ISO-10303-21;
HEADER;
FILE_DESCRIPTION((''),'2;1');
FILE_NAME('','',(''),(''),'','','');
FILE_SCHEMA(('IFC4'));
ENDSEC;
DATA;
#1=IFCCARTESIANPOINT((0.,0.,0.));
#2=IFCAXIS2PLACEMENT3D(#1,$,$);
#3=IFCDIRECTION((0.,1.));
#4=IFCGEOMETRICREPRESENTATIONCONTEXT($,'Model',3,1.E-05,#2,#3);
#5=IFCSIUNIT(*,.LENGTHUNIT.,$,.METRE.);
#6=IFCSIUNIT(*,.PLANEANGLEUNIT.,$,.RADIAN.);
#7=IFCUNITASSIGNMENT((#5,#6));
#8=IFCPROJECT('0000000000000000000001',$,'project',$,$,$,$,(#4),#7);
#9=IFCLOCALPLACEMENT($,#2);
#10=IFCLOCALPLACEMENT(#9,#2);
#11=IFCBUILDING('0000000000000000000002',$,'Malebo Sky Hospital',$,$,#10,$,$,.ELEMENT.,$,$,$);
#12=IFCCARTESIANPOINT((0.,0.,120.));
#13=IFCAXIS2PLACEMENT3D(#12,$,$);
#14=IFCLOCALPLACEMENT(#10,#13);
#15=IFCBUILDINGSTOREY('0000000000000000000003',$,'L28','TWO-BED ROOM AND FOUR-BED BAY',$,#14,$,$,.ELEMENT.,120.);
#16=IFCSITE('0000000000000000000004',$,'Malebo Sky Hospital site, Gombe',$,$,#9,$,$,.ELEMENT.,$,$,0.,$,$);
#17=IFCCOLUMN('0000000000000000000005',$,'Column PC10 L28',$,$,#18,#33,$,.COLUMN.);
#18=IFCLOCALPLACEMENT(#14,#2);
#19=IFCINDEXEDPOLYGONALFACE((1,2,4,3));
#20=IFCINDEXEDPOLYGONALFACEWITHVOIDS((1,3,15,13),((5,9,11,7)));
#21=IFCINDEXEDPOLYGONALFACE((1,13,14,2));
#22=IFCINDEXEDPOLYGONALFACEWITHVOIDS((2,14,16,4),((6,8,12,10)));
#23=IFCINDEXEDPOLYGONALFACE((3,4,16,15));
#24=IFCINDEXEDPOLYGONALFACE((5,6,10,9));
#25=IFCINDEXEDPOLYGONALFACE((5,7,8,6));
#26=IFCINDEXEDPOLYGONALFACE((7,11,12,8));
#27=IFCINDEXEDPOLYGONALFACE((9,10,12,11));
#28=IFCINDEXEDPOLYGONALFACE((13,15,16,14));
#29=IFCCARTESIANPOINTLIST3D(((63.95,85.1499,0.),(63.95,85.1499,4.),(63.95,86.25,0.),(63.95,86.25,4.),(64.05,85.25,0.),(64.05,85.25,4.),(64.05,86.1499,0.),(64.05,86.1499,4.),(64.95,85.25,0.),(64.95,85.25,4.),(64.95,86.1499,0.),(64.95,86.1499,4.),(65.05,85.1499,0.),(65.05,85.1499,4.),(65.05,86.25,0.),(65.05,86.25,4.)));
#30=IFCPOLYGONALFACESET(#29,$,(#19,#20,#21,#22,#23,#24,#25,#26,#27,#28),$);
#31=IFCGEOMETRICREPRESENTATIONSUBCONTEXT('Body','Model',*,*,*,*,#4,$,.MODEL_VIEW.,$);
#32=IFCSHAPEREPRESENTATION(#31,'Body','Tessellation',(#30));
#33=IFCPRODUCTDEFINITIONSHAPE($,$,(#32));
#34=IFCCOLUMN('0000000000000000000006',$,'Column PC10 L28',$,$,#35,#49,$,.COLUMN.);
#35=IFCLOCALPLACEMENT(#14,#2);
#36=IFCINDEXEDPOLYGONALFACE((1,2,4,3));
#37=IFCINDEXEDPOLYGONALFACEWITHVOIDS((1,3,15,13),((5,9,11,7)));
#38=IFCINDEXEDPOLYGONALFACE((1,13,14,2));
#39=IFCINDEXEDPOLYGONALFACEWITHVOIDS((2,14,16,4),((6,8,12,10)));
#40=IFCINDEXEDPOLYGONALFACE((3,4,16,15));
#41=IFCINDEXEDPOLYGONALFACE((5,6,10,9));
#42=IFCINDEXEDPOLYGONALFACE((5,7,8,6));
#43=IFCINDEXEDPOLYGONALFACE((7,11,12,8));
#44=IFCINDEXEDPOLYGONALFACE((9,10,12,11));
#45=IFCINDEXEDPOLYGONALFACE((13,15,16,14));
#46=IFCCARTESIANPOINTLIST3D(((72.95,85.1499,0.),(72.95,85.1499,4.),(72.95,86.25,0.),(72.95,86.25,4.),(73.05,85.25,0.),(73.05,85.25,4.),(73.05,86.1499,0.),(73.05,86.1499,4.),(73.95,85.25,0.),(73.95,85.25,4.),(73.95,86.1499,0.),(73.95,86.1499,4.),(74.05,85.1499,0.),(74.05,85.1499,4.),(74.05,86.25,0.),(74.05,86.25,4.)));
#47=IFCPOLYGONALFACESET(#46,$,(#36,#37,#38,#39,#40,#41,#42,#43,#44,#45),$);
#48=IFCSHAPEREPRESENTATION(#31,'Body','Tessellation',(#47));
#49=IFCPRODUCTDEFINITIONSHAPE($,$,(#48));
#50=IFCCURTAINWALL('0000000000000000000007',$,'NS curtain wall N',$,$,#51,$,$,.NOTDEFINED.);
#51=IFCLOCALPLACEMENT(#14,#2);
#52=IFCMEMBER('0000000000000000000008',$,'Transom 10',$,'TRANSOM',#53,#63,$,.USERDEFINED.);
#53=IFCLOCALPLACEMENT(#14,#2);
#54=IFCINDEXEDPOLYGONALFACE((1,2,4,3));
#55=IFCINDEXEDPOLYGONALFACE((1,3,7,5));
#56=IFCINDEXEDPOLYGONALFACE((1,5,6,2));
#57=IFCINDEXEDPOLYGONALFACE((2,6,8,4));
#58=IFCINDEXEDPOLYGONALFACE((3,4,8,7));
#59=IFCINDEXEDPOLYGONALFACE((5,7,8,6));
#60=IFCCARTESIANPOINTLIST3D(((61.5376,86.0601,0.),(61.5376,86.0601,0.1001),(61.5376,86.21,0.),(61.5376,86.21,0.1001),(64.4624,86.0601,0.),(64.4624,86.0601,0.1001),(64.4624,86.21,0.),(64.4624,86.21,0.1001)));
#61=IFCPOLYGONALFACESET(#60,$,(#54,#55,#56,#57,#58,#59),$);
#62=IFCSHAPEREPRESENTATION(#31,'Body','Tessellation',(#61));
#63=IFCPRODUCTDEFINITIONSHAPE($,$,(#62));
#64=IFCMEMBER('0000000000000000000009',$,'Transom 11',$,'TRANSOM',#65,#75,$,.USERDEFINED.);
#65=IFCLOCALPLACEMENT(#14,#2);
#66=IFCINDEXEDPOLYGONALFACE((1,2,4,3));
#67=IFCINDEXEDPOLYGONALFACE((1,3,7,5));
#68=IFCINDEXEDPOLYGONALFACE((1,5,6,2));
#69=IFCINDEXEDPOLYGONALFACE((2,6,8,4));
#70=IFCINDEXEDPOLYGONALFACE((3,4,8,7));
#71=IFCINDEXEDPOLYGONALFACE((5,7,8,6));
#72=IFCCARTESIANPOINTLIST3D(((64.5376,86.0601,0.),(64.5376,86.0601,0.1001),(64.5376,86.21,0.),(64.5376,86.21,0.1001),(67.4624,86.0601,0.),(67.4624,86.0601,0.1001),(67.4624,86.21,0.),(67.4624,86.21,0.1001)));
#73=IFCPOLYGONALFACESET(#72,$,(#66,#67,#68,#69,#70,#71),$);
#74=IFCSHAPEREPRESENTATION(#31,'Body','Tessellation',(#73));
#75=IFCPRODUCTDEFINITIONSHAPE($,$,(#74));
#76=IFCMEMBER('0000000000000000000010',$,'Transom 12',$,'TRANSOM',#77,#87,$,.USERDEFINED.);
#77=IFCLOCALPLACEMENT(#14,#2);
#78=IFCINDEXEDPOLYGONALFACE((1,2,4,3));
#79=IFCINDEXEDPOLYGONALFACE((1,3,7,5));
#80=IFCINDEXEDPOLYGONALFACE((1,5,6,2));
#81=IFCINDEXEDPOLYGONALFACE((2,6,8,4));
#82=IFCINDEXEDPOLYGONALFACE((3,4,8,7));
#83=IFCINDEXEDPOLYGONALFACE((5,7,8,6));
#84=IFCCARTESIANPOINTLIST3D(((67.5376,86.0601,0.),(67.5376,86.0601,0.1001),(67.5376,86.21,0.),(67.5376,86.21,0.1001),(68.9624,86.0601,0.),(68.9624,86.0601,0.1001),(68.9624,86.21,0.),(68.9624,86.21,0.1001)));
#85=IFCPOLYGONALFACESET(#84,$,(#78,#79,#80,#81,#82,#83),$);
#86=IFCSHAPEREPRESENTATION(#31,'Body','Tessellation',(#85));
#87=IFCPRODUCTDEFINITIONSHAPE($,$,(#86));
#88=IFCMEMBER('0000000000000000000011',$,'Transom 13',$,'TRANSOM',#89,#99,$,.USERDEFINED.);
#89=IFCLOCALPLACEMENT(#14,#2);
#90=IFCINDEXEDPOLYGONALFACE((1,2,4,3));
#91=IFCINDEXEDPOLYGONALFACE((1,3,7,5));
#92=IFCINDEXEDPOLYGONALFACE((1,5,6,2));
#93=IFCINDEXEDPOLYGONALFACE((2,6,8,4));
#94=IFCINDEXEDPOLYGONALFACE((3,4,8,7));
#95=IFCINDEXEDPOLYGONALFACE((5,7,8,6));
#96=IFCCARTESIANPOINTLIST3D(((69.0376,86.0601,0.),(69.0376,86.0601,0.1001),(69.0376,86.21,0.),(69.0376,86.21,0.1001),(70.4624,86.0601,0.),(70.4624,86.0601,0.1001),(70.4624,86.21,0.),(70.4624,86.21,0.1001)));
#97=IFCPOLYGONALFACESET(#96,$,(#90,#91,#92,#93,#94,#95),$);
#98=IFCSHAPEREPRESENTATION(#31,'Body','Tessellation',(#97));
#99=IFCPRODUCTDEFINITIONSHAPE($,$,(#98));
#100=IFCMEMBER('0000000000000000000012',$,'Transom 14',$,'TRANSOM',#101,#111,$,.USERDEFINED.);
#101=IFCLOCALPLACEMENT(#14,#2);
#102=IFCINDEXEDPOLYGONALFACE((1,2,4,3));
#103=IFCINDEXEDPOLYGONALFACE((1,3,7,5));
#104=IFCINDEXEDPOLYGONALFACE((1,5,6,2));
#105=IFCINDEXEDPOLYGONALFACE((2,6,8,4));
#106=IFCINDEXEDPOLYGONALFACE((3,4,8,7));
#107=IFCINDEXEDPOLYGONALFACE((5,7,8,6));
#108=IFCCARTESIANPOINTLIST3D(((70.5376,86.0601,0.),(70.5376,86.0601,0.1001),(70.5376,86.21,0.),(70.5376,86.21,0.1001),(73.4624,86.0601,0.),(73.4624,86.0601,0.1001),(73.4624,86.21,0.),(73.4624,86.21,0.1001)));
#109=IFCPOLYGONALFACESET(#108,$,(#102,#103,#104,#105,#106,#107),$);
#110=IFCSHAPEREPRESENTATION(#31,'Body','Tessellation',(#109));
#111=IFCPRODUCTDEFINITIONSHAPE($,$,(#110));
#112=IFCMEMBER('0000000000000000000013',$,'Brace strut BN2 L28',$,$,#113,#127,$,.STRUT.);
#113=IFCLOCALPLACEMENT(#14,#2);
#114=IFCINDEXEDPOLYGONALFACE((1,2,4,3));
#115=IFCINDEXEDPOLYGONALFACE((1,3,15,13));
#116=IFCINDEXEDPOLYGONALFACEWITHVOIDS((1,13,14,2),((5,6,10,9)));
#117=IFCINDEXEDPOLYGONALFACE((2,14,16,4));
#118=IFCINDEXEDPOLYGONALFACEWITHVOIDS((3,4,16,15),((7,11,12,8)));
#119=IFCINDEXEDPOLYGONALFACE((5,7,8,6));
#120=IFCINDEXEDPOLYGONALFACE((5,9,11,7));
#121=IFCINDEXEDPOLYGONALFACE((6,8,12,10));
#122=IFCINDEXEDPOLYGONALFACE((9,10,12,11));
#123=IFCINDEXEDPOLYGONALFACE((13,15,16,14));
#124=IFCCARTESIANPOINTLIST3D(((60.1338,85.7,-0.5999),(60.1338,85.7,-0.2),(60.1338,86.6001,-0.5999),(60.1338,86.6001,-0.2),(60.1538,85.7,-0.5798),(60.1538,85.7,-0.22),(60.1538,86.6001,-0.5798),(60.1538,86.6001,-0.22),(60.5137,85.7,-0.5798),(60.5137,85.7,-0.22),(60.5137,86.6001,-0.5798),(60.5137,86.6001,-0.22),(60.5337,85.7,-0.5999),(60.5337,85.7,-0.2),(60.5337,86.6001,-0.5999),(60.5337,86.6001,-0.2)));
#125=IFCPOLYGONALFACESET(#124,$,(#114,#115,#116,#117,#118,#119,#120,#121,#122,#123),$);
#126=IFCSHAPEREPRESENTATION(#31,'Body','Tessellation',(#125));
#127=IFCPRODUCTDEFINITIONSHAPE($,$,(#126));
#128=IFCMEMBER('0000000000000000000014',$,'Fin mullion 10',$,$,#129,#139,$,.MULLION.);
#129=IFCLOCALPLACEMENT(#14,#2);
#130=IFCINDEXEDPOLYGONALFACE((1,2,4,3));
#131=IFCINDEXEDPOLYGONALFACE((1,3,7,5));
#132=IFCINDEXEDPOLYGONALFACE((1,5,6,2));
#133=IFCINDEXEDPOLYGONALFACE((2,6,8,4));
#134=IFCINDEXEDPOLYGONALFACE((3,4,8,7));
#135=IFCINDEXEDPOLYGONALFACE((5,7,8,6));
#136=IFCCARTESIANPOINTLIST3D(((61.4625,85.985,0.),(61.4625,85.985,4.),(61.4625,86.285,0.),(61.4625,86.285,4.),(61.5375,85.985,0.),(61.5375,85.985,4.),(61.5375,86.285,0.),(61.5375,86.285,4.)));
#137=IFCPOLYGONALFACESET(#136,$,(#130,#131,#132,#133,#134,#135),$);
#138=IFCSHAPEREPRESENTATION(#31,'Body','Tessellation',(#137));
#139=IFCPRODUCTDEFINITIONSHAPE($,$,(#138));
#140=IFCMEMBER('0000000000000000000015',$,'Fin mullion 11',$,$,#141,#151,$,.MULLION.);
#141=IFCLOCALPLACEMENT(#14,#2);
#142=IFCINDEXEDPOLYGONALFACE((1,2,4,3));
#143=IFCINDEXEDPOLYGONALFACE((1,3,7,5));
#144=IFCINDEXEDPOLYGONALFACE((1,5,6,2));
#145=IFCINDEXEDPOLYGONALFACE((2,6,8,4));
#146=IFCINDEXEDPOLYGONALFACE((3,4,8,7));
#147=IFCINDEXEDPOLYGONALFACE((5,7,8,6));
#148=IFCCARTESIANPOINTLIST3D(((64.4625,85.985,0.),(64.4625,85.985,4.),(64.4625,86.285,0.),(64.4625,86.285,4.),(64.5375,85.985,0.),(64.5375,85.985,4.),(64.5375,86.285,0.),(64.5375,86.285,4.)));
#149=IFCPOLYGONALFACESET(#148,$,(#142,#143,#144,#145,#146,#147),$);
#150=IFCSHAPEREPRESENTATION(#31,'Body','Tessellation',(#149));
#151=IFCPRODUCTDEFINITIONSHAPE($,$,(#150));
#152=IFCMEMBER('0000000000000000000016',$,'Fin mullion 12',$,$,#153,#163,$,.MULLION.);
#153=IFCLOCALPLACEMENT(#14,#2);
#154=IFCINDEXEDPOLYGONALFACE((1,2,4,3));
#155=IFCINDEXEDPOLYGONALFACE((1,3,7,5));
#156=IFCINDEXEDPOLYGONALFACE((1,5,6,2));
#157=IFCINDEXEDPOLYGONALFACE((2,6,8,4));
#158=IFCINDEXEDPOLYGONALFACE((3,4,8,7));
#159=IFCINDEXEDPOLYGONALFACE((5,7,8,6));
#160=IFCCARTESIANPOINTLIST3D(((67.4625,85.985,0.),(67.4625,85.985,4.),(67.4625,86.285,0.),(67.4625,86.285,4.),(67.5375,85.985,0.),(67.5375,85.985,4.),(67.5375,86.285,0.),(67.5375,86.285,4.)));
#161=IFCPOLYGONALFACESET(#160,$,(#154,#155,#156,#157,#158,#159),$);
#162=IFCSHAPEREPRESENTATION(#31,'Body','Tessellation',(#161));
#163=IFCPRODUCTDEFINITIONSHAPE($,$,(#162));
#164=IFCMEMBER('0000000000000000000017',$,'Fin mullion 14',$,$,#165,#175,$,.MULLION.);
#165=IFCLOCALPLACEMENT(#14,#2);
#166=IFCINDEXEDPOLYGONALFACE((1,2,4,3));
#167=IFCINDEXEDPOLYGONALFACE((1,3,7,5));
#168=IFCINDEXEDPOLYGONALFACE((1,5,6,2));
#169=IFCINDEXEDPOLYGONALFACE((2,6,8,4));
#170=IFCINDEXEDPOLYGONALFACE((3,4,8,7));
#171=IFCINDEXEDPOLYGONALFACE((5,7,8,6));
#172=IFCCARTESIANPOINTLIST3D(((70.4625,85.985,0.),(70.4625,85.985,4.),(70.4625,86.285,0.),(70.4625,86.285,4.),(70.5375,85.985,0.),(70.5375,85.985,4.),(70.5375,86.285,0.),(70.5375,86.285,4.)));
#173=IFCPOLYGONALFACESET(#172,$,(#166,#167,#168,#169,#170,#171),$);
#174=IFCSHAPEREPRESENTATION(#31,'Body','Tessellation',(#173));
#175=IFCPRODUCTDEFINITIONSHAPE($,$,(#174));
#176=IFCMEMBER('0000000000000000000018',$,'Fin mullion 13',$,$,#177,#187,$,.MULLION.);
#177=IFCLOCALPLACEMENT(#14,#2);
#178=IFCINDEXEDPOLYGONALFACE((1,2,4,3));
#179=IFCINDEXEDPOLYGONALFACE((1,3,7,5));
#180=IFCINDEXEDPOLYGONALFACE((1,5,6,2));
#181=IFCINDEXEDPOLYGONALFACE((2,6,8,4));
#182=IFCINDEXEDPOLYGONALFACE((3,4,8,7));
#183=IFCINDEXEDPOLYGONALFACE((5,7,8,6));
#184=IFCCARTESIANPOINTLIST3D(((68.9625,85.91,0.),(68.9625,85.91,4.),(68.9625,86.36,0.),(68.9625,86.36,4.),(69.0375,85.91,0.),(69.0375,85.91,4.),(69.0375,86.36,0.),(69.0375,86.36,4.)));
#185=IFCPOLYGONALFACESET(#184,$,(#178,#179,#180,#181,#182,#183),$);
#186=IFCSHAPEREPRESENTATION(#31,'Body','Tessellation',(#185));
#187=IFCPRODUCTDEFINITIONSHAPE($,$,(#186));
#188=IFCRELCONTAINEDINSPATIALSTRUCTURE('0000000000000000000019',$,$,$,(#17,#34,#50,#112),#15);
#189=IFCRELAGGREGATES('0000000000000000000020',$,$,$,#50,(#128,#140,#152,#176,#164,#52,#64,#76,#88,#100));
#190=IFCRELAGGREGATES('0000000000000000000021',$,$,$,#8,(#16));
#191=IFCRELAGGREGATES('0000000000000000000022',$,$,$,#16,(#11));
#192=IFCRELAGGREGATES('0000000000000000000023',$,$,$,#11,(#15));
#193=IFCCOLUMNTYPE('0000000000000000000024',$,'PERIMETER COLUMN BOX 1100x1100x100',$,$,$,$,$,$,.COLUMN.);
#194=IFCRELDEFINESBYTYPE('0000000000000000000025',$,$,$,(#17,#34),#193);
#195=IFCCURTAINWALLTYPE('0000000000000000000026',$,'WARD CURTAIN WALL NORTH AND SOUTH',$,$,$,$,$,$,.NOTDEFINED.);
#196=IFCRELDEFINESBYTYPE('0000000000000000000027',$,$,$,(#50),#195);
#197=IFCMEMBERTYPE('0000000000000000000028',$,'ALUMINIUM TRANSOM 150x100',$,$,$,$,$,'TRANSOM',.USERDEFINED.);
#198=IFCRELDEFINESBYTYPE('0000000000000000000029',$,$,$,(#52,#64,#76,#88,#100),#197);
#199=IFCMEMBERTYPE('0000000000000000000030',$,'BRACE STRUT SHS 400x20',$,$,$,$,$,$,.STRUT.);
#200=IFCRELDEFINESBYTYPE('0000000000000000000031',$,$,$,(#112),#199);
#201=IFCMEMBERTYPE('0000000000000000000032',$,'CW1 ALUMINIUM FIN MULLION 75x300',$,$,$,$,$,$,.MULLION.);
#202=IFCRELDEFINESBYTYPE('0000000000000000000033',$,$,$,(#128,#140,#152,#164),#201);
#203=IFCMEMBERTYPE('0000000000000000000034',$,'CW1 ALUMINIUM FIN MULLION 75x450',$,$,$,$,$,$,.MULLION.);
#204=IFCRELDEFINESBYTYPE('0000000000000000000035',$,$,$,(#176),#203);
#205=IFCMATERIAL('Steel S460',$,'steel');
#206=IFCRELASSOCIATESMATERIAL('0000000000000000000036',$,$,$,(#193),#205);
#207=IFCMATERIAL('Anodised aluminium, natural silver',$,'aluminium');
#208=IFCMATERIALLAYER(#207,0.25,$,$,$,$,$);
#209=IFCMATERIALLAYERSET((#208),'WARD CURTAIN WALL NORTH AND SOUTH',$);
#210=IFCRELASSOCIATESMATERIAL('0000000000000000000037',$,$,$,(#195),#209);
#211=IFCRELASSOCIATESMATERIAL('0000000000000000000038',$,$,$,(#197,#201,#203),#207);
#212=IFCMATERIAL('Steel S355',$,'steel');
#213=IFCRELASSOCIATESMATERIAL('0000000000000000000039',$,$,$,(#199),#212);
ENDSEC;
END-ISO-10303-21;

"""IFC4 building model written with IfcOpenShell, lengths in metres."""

from ifc_helpers import new_model, si_unit, direction, frame, origin, origin_2d, place, context, subcontext, project, spatial, rectangle, hollow_rectangle, extrude, material, layer, layer_set, material_profile, profile_set, type_object, element, aggregate, save


model = new_model("IFC4")

# Units and contexts
model_context = context("Model", 3, precision=1e-05, world=origin(), true_north=direction((0.0, 1.0)))
body_context = subcontext(model_context, "Body", "Model", "MODEL_VIEW")
ifc_project = project(units=[si_unit("LENGTHUNIT", "METRE"), si_unit("PLANEANGLEUNIT", "RADIAN")], contexts=[model_context])

# Site, building, storey
site_placement = place(None, origin())
site = spatial("IfcSite", under=ifc_project, at=site_placement, Name="Malebo Sky Hospital site, Gombe", CompositionType="ELEMENT", RefElevation=0.0)
building_placement = place(site_placement, origin())
building = spatial("IfcBuilding", under=site, at=building_placement, Name="Malebo Sky Hospital", CompositionType="ELEMENT")
storey_placement = place(building_placement, frame((0.0, 0.0, 120.0)))
storey = spatial("IfcBuildingStorey", under=building, at=storey_placement, Name="L28", Description="TWO-BED ROOM AND FOUR-BED BAY", CompositionType="ELEMENT", Elevation=120.0)

# Columns
ifc_material_1 = material(Name="Steel S460", Category="steel")
ifc_material_profile_1 = material_profile(ifc_material_1, hollow_rectangle(XDim=1.1001, YDim=1.1001, WallThickness=0.1001, at=origin_2d()), Name="BOX 1100x1100x100")
ifc_profile_set_1 = profile_set([ifc_material_profile_1], Name="Steel S460")
column_type = type_object("IfcColumnType", Name="PERIMETER COLUMN BOX 1100x1100x100", PredefinedType="COLUMN", material=ifc_profile_set_1)
for number, where, z_axis, x_axis, name in (
    (1, (64.5, 85.7, 0.0), (0.0, 0.0, 1.0), (1.0, 0.0, 0.0), "Column PC10 L28"),
    (2, (73.5, 85.7, 0.0), (0.0, 0.0, 1.0), (1.0, 0.0, 0.0), "Column PC10 L28"),
):
    element("IfcColumn", number, at=place(storey_placement, frame(where, z_axis=z_axis, x_axis=x_axis)), inside=storey, type_object=column_type, Name=name, PredefinedType="COLUMN", context=body_context, shape_type="SweptSolid", body=[
        extrude(hollow_rectangle(XDim=1.1001, YDim=1.1001, WallThickness=0.1001, at=origin_2d()), origin(), (0.0, 0.0, 1.0), 4.0),
    ])

# Curtain wall, members
ifc_material_2 = material(Name="Anodised aluminium, natural silver", Category="aluminium")
ifc_layer_1 = layer(ifc_material_2, 0.25)
ifc_layer_set_1 = layer_set([ifc_layer_1], Name="WARD CURTAIN WALL NORTH AND SOUTH")
curtain_wall_type = type_object("IfcCurtainWallType", Name="WARD CURTAIN WALL NORTH AND SOUTH", PredefinedType="NOTDEFINED", material=ifc_layer_set_1)
curtain_wall_placement = place(storey_placement, origin())
curtain_wall = element("IfcCurtainWall", 3, at=curtain_wall_placement, inside=storey, type_object=curtain_wall_type, Name="NS curtain wall N", PredefinedType="NOTDEFINED")
ifc_material_profile_2 = material_profile(ifc_material_2, rectangle(XDim=0.1499, YDim=0.1001, at=origin_2d()), Name="ALUMINIUM TRANSOM 150x100")
ifc_profile_set_2 = profile_set([ifc_material_profile_2], Name="Anodised aluminium, natural silver")
member_type_1 = type_object("IfcMemberType", Name="ALUMINIUM TRANSOM 150x100", ElementType="TRANSOM", PredefinedType="USERDEFINED", material=ifc_profile_set_2)
member_1_placement = place(storey_placement, frame((61.5376, 86.135, 0.05), z_axis=(1.0, 0.0, 0.0), x_axis=(0.0, 1.0, 0.0)))
member_1 = element("IfcMember", 4, at=member_1_placement, type_object=member_type_1, Name="Transom 10", ObjectType="TRANSOM", PredefinedType="USERDEFINED", context=body_context, shape_type="SweptSolid", body=[
    extrude(rectangle(XDim=0.1499, YDim=0.1001, at=origin_2d()), origin(), (0.0, 0.0, 1.0), 2.9248),
])
member_2_placement = place(storey_placement, frame((64.5376, 86.135, 0.05), z_axis=(1.0, 0.0, 0.0), x_axis=(0.0, 1.0, 0.0)))
member_2 = element("IfcMember", 5, at=member_2_placement, type_object=member_type_1, Name="Transom 11", ObjectType="TRANSOM", PredefinedType="USERDEFINED", context=body_context, shape_type="SweptSolid", body=[
    extrude(rectangle(XDim=0.1499, YDim=0.1001, at=origin_2d()), origin(), (0.0, 0.0, 1.0), 2.9248),
])
member_3_placement = place(storey_placement, frame((67.5376, 86.135, 0.05), z_axis=(1.0, 0.0, 0.0), x_axis=(0.0, 1.0, 0.0)))
member_3 = element("IfcMember", 6, at=member_3_placement, type_object=member_type_1, Name="Transom 12", ObjectType="TRANSOM", PredefinedType="USERDEFINED", context=body_context, shape_type="SweptSolid", body=[
    extrude(rectangle(XDim=0.1499, YDim=0.1001, at=origin_2d()), origin(), (0.0, 0.0, 1.0), 1.4248),
])
member_4_placement = place(storey_placement, frame((69.0376, 86.135, 0.05), z_axis=(1.0, 0.0, 0.0), x_axis=(0.0, 1.0, 0.0)))
member_4 = element("IfcMember", 7, at=member_4_placement, type_object=member_type_1, Name="Transom 13", ObjectType="TRANSOM", PredefinedType="USERDEFINED", context=body_context, shape_type="SweptSolid", body=[
    extrude(rectangle(XDim=0.1499, YDim=0.1001, at=origin_2d()), origin(), (0.0, 0.0, 1.0), 1.4248),
])
member_5_placement = place(storey_placement, frame((70.5376, 86.135, 0.05), z_axis=(1.0, 0.0, 0.0), x_axis=(0.0, 1.0, 0.0)))
member_5 = element("IfcMember", 8, at=member_5_placement, type_object=member_type_1, Name="Transom 14", ObjectType="TRANSOM", PredefinedType="USERDEFINED", context=body_context, shape_type="SweptSolid", body=[
    extrude(rectangle(XDim=0.1499, YDim=0.1001, at=origin_2d()), origin(), (0.0, 0.0, 1.0), 2.9248),
])

# Members
ifc_material_3 = material(Name="Steel S355", Category="steel")
ifc_material_profile_3 = material_profile(ifc_material_3, hollow_rectangle(XDim=0.3999, YDim=0.3999, WallThickness=0.02, at=origin_2d()), Name="SHS 400x20")
ifc_profile_set_3 = profile_set([ifc_material_profile_3], Name="Steel S355")
member_type_2 = type_object("IfcMemberType", Name="BRACE STRUT SHS 400x20", PredefinedType="STRUT", material=ifc_profile_set_3)
member_6_placement = place(storey_placement, frame((60.3337, 86.6001, -0.3999), z_axis=(0.0, -1.0, 0.0), x_axis=(1.0, 0.0, 0.0)))
element("IfcMember", 9, at=member_6_placement, inside=storey, type_object=member_type_2, Name="Brace strut BN2 L28", PredefinedType="STRUT", context=body_context, shape_type="SweptSolid", body=[
    extrude(hollow_rectangle(XDim=0.3999, YDim=0.3999, WallThickness=0.02, at=origin_2d()), origin(), (0.0, 0.0, 1.0), 0.9001),
])
ifc_material_profile_4 = material_profile(ifc_material_2, rectangle(XDim=0.075, YDim=0.3, at=origin_2d()), Name="CW1 ALUMINIUM FIN MULLION 75x300")
ifc_profile_set_4 = profile_set([ifc_material_profile_4], Name="Anodised aluminium, natural silver")
member_type_3 = type_object("IfcMemberType", Name="CW1 ALUMINIUM FIN MULLION 75x300", PredefinedType="MULLION", material=ifc_profile_set_4)
member_7_placement = place(storey_placement, frame((61.5, 86.135, 0.0), z_axis=(0.0, 0.0, 1.0), x_axis=(1.0, 0.0, 0.0)))
member_7 = element("IfcMember", 10, at=member_7_placement, type_object=member_type_3, Name="Fin mullion 10", PredefinedType="MULLION", context=body_context, shape_type="SweptSolid", body=[
    extrude(rectangle(XDim=0.075, YDim=0.3, at=origin_2d()), origin(), (0.0, 0.0, 1.0), 4.0),
])
member_8_placement = place(storey_placement, frame((64.5, 86.135, 0.0), z_axis=(0.0, 0.0, 1.0), x_axis=(1.0, 0.0, 0.0)))
member_8 = element("IfcMember", 11, at=member_8_placement, type_object=member_type_3, Name="Fin mullion 11", PredefinedType="MULLION", context=body_context, shape_type="SweptSolid", body=[
    extrude(rectangle(XDim=0.075, YDim=0.3, at=origin_2d()), origin(), (0.0, 0.0, 1.0), 4.0),
])
member_9_placement = place(storey_placement, frame((67.5, 86.135, 0.0), z_axis=(0.0, 0.0, 1.0), x_axis=(1.0, 0.0, 0.0)))
member_9 = element("IfcMember", 12, at=member_9_placement, type_object=member_type_3, Name="Fin mullion 12", PredefinedType="MULLION", context=body_context, shape_type="SweptSolid", body=[
    extrude(rectangle(XDim=0.075, YDim=0.3, at=origin_2d()), origin(), (0.0, 0.0, 1.0), 4.0),
])
member_10_placement = place(storey_placement, frame((70.5, 86.135, 0.0), z_axis=(0.0, 0.0, 1.0), x_axis=(1.0, 0.0, 0.0)))
member_10 = element("IfcMember", 13, at=member_10_placement, type_object=member_type_3, Name="Fin mullion 14", PredefinedType="MULLION", context=body_context, shape_type="SweptSolid", body=[
    extrude(rectangle(XDim=0.075, YDim=0.3, at=origin_2d()), origin(), (0.0, 0.0, 1.0), 4.0),
])
ifc_material_profile_5 = material_profile(ifc_material_2, rectangle(XDim=0.075, YDim=0.45, at=origin_2d()), Name="CW1 ALUMINIUM FIN MULLION 75x450")
ifc_profile_set_5 = profile_set([ifc_material_profile_5], Name="Anodised aluminium, natural silver")
member_type_4 = type_object("IfcMemberType", Name="CW1 ALUMINIUM FIN MULLION 75x450", PredefinedType="MULLION", material=ifc_profile_set_5)
member_11_placement = place(storey_placement, frame((69.0, 86.135, 0.0), z_axis=(0.0, 0.0, 1.0), x_axis=(1.0, 0.0, 0.0)))
member_11 = element("IfcMember", 14, at=member_11_placement, type_object=member_type_4, Name="Fin mullion 13", PredefinedType="MULLION", context=body_context, shape_type="SweptSolid", body=[
    extrude(rectangle(XDim=0.075, YDim=0.45, at=origin_2d()), origin(), (0.0, 0.0, 1.0), 4.0),
])

aggregate(curtain_wall, [member_7, member_8, member_9, member_11, member_10, member_1, member_2, member_3, member_4, member_5])

save(model, "model.ifc")
